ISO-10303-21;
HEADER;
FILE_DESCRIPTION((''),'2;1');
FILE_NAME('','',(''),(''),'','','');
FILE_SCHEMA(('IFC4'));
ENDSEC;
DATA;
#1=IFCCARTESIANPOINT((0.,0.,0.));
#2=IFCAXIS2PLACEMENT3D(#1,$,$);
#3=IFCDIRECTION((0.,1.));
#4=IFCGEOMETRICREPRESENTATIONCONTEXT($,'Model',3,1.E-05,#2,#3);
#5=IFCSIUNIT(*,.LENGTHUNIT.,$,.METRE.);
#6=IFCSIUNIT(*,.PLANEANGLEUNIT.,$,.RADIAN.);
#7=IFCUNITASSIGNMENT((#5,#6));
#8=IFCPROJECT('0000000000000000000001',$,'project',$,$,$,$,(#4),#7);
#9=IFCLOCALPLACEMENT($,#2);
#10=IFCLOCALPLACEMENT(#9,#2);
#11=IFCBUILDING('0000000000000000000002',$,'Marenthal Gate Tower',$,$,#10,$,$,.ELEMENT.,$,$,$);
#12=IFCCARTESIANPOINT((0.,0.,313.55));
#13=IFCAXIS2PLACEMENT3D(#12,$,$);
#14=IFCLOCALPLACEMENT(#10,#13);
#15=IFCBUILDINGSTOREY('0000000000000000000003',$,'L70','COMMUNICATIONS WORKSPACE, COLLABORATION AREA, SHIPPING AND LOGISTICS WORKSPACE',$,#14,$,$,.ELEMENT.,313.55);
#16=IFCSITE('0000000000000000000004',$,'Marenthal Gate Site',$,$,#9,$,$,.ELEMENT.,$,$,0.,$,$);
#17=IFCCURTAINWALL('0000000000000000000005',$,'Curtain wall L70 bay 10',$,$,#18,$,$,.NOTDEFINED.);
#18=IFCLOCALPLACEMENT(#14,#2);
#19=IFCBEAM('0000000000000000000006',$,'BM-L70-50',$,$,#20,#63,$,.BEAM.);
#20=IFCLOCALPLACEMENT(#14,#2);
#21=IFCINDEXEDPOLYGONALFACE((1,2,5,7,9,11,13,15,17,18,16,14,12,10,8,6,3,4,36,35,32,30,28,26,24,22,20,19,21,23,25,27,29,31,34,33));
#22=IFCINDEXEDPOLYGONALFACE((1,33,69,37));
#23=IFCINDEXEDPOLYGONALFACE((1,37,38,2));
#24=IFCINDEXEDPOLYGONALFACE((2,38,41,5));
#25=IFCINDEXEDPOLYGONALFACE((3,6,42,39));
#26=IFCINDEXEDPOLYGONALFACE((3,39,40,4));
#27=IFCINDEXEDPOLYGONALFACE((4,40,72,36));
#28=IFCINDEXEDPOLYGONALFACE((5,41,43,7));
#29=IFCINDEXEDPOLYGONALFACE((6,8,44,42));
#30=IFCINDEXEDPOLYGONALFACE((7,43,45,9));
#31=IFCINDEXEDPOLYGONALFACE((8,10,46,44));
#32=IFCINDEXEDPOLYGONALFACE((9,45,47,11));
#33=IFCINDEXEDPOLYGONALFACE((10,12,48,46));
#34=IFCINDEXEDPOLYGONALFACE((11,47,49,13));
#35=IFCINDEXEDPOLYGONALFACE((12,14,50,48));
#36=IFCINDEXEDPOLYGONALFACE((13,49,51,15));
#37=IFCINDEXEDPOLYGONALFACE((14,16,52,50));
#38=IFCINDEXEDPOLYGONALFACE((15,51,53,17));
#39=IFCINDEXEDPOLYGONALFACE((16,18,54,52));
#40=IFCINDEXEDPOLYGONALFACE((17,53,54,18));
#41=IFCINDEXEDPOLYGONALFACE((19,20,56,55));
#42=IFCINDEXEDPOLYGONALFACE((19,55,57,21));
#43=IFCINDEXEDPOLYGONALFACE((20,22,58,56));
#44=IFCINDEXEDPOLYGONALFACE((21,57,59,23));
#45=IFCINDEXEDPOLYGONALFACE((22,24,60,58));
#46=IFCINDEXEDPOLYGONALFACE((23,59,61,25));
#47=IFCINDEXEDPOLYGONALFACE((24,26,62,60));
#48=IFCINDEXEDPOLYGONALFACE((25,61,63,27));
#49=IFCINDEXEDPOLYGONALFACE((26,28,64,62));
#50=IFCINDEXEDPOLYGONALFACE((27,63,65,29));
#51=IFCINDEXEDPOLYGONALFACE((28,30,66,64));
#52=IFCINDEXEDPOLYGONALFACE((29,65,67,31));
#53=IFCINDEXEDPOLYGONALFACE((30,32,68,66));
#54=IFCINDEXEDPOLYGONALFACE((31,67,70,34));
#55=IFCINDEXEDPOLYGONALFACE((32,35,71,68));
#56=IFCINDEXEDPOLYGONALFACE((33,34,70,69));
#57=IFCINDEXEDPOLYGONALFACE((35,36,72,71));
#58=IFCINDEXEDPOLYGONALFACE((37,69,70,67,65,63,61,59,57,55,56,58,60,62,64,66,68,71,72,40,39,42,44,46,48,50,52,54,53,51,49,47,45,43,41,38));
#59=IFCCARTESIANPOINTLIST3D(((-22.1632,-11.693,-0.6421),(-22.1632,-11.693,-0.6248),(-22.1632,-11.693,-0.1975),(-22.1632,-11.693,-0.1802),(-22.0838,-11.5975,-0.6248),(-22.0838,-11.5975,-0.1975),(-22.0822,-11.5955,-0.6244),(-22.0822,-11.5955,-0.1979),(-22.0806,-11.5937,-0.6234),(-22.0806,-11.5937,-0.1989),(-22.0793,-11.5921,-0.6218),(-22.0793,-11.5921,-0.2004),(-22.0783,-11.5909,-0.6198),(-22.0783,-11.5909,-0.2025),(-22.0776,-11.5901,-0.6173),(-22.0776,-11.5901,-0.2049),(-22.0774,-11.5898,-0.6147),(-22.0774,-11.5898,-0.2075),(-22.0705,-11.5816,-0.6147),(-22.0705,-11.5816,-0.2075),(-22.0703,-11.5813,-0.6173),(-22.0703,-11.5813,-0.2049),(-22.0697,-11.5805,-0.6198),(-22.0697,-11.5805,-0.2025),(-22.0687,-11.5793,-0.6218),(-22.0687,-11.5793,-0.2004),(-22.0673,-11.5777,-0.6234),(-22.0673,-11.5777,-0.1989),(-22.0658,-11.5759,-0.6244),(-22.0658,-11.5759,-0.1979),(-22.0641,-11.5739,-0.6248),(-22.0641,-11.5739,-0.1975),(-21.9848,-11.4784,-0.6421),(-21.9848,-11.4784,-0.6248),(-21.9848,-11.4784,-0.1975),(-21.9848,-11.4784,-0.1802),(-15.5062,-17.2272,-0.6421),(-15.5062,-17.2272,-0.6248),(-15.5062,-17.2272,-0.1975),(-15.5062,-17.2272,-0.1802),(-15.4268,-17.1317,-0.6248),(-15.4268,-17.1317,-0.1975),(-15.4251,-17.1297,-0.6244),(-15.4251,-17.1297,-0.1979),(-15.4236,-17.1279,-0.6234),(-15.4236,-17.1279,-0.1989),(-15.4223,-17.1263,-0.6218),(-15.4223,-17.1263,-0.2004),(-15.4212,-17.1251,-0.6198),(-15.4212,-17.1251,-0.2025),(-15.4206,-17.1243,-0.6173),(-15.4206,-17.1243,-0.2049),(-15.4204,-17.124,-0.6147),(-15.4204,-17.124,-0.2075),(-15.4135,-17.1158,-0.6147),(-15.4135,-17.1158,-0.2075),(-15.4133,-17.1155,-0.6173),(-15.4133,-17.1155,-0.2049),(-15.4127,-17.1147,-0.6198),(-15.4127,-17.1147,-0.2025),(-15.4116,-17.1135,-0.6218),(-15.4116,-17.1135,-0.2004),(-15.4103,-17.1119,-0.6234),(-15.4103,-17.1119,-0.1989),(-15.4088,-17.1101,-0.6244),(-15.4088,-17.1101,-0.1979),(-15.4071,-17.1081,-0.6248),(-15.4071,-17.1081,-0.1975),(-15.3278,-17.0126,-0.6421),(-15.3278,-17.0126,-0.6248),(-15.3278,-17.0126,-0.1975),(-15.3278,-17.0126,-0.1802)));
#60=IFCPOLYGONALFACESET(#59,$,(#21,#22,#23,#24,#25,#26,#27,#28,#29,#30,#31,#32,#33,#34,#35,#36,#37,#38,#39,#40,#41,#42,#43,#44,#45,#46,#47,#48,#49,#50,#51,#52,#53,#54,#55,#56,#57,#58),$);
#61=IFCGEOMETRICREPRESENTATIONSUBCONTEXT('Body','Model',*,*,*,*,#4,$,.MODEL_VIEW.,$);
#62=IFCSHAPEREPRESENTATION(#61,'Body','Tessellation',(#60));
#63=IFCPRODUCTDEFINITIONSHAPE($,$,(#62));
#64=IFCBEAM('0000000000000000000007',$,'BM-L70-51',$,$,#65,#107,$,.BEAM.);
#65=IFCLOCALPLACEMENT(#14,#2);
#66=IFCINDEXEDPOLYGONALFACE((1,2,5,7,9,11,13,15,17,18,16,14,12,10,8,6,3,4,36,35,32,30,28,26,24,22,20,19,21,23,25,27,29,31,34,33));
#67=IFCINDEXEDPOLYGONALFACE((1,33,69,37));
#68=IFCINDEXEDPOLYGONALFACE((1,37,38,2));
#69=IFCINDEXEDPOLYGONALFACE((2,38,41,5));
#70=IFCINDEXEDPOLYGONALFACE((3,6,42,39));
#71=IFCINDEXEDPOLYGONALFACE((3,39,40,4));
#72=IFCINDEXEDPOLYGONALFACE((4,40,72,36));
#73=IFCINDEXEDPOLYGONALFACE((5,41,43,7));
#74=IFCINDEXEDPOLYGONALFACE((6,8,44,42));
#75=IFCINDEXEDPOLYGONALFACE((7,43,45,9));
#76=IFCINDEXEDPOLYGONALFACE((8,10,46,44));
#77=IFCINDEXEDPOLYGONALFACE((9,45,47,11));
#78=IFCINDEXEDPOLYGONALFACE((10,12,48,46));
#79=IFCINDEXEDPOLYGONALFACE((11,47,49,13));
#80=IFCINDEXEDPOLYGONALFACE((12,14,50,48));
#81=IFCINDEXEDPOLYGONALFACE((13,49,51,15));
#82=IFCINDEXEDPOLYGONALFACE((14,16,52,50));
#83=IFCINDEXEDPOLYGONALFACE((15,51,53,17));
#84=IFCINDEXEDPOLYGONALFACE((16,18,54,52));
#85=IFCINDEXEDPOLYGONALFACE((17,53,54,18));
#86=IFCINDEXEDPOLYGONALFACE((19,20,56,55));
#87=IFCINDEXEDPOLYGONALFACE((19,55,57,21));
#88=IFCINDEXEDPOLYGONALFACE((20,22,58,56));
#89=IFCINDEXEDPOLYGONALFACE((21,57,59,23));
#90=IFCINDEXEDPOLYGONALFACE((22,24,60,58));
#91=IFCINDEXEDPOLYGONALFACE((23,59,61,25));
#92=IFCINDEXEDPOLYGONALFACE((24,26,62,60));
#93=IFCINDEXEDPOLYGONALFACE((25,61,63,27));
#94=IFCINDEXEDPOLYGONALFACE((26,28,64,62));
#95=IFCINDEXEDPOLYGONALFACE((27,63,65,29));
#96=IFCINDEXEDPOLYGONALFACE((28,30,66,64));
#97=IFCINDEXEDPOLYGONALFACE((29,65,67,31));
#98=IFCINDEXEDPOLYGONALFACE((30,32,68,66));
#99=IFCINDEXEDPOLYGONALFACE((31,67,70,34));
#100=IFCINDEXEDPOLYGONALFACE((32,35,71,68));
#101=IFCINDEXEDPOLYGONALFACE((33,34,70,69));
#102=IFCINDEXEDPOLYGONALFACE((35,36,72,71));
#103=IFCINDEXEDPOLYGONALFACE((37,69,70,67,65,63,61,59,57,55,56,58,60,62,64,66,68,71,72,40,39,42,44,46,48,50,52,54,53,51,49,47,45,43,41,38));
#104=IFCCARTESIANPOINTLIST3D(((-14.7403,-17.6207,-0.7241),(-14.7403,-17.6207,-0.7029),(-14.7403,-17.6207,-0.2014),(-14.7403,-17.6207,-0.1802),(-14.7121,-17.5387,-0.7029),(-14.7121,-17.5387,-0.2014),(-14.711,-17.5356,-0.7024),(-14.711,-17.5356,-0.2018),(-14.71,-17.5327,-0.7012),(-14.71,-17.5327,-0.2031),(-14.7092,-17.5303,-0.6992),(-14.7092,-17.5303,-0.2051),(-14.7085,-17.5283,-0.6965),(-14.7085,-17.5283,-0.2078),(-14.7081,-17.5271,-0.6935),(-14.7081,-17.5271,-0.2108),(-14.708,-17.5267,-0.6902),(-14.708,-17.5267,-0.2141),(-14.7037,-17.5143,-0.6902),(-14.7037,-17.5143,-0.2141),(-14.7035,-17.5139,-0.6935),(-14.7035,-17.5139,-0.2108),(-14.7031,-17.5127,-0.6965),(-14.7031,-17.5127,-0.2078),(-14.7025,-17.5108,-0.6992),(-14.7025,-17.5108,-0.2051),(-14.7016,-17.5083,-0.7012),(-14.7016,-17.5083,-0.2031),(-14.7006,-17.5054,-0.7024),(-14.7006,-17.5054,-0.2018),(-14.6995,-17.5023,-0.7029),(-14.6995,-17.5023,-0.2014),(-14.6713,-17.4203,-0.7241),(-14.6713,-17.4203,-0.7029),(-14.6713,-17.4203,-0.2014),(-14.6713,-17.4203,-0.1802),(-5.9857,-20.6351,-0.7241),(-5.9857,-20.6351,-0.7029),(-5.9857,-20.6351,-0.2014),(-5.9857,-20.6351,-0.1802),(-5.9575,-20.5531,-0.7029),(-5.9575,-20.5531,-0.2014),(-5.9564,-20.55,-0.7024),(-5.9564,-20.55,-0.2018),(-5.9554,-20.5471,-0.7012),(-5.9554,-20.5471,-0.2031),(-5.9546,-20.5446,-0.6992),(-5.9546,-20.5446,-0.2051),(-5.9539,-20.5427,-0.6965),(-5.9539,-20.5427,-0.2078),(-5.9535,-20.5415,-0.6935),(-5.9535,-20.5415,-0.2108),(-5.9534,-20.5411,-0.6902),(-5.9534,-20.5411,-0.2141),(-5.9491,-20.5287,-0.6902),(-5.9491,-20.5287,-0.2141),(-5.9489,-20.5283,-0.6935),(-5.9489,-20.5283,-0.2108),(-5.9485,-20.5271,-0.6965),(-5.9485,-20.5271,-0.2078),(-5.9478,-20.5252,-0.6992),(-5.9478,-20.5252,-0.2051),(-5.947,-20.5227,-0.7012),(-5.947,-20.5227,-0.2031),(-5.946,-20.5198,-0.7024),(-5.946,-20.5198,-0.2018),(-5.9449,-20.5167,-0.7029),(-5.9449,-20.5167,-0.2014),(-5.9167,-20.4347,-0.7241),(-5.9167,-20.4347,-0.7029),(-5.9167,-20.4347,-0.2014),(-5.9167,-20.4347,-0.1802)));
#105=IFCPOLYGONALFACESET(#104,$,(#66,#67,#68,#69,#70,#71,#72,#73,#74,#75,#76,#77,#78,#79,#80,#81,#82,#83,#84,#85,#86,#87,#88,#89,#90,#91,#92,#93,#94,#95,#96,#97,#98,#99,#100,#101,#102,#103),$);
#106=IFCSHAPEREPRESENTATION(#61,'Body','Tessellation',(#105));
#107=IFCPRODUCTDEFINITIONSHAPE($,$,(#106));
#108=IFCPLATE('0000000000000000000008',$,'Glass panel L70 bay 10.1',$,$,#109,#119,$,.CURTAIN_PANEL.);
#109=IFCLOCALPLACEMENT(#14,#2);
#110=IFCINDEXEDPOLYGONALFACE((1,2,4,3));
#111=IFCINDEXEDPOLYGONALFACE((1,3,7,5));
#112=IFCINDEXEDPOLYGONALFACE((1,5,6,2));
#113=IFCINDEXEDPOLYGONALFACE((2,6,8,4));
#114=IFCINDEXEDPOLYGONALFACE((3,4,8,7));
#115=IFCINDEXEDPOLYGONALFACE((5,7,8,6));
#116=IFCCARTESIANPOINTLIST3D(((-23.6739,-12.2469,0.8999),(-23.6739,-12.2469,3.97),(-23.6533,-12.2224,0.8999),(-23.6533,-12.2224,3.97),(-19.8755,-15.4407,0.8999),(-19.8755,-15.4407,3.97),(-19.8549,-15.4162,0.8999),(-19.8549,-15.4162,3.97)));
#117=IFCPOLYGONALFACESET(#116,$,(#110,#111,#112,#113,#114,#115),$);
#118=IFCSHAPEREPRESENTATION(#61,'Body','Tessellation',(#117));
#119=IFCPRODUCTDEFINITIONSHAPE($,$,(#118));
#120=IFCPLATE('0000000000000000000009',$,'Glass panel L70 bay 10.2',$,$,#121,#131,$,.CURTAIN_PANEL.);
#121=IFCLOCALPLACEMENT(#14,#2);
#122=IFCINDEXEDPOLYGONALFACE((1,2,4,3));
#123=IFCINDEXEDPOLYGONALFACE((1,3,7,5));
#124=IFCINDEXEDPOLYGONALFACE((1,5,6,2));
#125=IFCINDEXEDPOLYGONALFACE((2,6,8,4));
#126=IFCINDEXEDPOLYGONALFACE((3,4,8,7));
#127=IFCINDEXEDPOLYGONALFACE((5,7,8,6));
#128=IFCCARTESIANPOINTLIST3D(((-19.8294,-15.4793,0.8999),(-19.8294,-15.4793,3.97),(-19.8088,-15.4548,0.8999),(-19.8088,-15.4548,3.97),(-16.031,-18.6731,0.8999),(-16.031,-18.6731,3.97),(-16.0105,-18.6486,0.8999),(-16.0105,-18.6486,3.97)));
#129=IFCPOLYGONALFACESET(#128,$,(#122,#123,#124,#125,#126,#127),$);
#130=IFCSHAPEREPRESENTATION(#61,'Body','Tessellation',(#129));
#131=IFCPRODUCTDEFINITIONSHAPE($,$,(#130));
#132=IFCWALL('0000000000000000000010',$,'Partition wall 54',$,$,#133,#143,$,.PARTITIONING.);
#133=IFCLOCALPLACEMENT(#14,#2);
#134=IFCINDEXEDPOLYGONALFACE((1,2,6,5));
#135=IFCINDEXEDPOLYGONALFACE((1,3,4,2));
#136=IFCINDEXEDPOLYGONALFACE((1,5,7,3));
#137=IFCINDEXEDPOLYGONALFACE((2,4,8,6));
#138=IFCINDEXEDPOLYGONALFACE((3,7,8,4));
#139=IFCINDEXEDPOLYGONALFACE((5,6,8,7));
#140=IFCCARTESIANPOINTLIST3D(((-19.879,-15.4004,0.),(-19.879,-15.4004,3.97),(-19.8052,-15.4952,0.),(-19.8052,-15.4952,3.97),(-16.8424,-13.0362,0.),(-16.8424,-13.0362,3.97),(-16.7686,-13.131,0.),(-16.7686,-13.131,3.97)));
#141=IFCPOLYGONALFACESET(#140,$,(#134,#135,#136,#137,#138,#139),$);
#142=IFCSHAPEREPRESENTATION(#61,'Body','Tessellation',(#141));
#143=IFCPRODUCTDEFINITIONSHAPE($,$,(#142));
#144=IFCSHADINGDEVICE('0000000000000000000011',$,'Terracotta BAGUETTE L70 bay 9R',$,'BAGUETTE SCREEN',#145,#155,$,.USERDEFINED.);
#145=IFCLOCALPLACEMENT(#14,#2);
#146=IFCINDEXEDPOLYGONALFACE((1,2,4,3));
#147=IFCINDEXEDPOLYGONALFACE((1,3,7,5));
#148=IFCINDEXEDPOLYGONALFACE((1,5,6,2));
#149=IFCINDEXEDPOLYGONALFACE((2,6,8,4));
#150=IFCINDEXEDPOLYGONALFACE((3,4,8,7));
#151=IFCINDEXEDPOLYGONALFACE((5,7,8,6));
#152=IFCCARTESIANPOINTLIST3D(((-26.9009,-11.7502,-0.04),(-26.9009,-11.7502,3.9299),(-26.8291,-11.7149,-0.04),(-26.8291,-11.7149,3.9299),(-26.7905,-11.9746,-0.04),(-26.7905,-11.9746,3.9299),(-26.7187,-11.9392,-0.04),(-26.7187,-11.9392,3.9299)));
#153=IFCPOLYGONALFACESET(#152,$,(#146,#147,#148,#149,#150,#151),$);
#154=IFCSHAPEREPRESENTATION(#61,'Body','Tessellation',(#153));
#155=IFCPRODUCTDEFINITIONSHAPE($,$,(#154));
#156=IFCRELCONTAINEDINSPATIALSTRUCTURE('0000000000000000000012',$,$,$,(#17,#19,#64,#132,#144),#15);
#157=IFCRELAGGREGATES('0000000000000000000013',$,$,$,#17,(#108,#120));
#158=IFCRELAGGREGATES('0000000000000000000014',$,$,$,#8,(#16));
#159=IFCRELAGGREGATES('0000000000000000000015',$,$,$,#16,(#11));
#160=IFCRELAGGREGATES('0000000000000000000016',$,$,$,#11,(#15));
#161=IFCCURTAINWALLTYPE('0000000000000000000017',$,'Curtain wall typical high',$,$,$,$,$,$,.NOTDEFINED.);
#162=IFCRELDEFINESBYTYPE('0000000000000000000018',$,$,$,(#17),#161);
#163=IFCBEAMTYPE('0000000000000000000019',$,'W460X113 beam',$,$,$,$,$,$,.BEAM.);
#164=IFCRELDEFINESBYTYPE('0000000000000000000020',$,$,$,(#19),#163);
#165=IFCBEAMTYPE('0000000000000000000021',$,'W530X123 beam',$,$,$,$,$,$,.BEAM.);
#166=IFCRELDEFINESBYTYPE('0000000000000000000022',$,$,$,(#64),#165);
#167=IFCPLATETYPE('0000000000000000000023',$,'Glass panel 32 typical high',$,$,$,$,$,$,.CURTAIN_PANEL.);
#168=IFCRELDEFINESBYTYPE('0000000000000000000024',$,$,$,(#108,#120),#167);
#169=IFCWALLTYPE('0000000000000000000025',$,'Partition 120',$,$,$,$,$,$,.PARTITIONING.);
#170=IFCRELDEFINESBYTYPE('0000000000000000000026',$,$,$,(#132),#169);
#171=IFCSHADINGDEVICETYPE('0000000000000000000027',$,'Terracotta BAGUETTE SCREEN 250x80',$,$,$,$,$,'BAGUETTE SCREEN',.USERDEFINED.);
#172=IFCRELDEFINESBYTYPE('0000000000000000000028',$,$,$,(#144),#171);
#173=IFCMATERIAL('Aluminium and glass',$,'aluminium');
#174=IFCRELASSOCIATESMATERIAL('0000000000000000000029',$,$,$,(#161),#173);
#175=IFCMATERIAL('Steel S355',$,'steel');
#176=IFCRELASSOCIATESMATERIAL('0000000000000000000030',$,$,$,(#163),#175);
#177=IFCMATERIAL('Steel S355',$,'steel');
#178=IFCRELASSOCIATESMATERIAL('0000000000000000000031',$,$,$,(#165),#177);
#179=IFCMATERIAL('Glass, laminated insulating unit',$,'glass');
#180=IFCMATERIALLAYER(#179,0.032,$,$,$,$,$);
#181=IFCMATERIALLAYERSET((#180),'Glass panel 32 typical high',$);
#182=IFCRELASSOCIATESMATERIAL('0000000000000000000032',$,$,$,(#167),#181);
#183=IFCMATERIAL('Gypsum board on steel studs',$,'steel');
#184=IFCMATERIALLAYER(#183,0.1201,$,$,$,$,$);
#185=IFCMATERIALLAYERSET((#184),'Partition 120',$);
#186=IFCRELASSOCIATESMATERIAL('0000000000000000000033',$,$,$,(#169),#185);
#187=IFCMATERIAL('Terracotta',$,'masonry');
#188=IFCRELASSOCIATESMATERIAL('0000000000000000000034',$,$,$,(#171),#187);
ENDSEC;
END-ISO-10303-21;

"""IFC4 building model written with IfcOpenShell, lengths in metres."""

from ifc_helpers import new_model, si_unit, direction, frame, frame_2d, origin, origin_2d, place, context, subcontext, project, spatial, rectangle, i_section, extrude, material, layer, layer_set, material_profile, profile_set, type_object, element, aggregate, save


model = new_model("IFC4")

# Units and contexts
model_context = context("Model", 3, precision=1e-05, world=origin(), true_north=direction((0.0, 1.0)))
body_context = subcontext(model_context, "Body", "Model", "MODEL_VIEW")
ifc_project = project(units=[si_unit("LENGTHUNIT", "METRE"), si_unit("PLANEANGLEUNIT", "RADIAN")], contexts=[model_context])

# Site, building, storey
site_placement = place(None, origin())
site = spatial("IfcSite", under=ifc_project, at=site_placement, Name="Marenthal Gate Site", CompositionType="ELEMENT", RefElevation=0.0)
building_placement = place(site_placement, origin())
building = spatial("IfcBuilding", under=site, at=building_placement, Name="Marenthal Gate Tower", CompositionType="ELEMENT")
storey_placement = place(building_placement, frame((0.0, 0.0, 313.55)))
storey = spatial("IfcBuildingStorey", under=building, at=storey_placement, Name="L70", Description="COMMUNICATIONS WORKSPACE, COLLABORATION AREA, SHIPPING AND LOGISTICS WORKSPACE", CompositionType="ELEMENT", Elevation=313.55)

# Curtain wall
ifc_material_1 = material(Name="Aluminium and glass", Category="aluminium")
curtain_wall_type = type_object("IfcCurtainWallType", Name="Curtain wall typical high", PredefinedType="NOTDEFINED", material=ifc_material_1)
curtain_wall_placement = place(storey_placement, origin())
curtain_wall = element("IfcCurtainWall", 1, at=curtain_wall_placement, inside=storey, type_object=curtain_wall_type, Name="Curtain wall L70 bay 10", PredefinedType="NOTDEFINED")

# Beams
ifc_material_2 = material(Name="Steel S355", Category="steel")
ifc_material_profile_1 = material_profile(ifc_material_2, i_section(OverallWidth=0.2791, OverallDepth=0.4619, WebThickness=0.0107, FlangeThickness=0.0173, FilletRadius=0.01, at=origin_2d()), Name="W460X113")
ifc_profile_set_1 = profile_set([ifc_material_profile_1], Name="Steel S355")
beam_type_1 = type_object("IfcBeamType", Name="W460X113 beam", PredefinedType="BEAM", material=ifc_profile_set_1)
beam_1_placement = place(storey_placement, frame((-22.074, -11.5857, -0.4111), z_axis=(0.768977, -0.639277, 0.0), x_axis=(0.639277, 0.768977, 0.0)))
element("IfcBeam", 2, at=beam_1_placement, inside=storey, type_object=beam_type_1, Name="BM-L70-50", PredefinedType="BEAM", context=body_context, shape_type="SweptSolid", body=[
    extrude(i_section(OverallWidth=0.2791, OverallDepth=0.4619, WebThickness=0.0107, FlangeThickness=0.0173, FilletRadius=0.01, at=origin_2d()), origin(), (0.0, 0.0, 1.0), 8.657),
])
ifc_material_3 = material(Name="Steel S355", Category="steel")
ifc_material_profile_2 = material_profile(ifc_material_3, i_section(OverallWidth=0.2119, OverallDepth=0.5439, WebThickness=0.0132, FlangeThickness=0.0212, FilletRadius=0.0127, at=origin_2d()), Name="W530X123")
ifc_profile_set_2 = profile_set([ifc_material_profile_2], Name="Steel S355")
beam_type_2 = type_object("IfcBeamType", Name="W530X123 beam", PredefinedType="BEAM", material=ifc_profile_set_2)
beam_2_placement = place(storey_placement, frame((-14.7058, -17.5205, -0.4521), z_axis=(0.945521, -0.325562, 0.0), x_axis=(0.325562, 0.945521, 0.0)))
element("IfcBeam", 3, at=beam_2_placement, inside=storey, type_object=beam_type_2, Name="BM-L70-51", PredefinedType="BEAM", context=body_context, shape_type="SweptSolid", body=[
    extrude(i_section(OverallWidth=0.2119, OverallDepth=0.5439, WebThickness=0.0132, FlangeThickness=0.0212, FilletRadius=0.0127, at=origin_2d()), origin(), (0.0, 0.0, 1.0), 9.259),
])

# Plates
ifc_material_4 = material(Name="Glass, laminated insulating unit", Category="glass")
ifc_layer_1 = layer(ifc_material_4, 0.032)
ifc_layer_set_1 = layer_set([ifc_layer_1], Name="Glass panel 32 typical high")
plate_type = type_object("IfcPlateType", Name="Glass panel 32 typical high", PredefinedType="CURTAIN_PANEL", material=ifc_layer_set_1)
plate_1_placement = place(storey_placement, frame((-21.7644, -13.8315, 0.8999), z_axis=(0.0, 0.0, 1.0), x_axis=(0.765387, -0.64357, 0.0)))
plate_1 = element("IfcPlate", 4, at=plate_1_placement, type_object=plate_type, Name="Glass panel L70 bay 10.1", PredefinedType="CURTAIN_PANEL", context=body_context, shape_type="SweptSolid", body=[
    extrude(rectangle(XDim=4.9626, YDim=0.032, at=origin_2d()), origin(), (0.0, 0.0, 1.0), 3.0701),
])
plate_2_placement = place(storey_placement, frame((-17.9199, -17.064, 0.8999), z_axis=(0.0, 0.0, 1.0), x_axis=(0.765387, -0.64357, 0.0)))
plate_2 = element("IfcPlate", 5, at=plate_2_placement, type_object=plate_type, Name="Glass panel L70 bay 10.2", PredefinedType="CURTAIN_PANEL", context=body_context, shape_type="SweptSolid", body=[
    extrude(rectangle(XDim=4.9626, YDim=0.032, at=origin_2d()), origin(), (0.0, 0.0, 1.0), 3.0701),
])
aggregate(curtain_wall, [plate_1, plate_2])

# Wall
ifc_material_5 = material(Name="Gypsum board on steel studs", Category="steel")
ifc_layer_2 = layer(ifc_material_5, 0.1201)
ifc_layer_set_2 = layer_set([ifc_layer_2], Name="Partition 120")
wall_type_1 = type_object("IfcWallType", Name="Partition 120", PredefinedType="PARTITIONING", material=ifc_layer_set_2)
wall_1_placement = place(storey_placement, frame((-16.8054, -13.0835, 0.0), z_axis=(0.0, 0.0, 1.0), x_axis=(-0.789045, -0.614336, 0.0)))
element("IfcWall", 6, at=wall_1_placement, inside=storey, type_object=wall_type_1, Name="Partition wall 54", PredefinedType="PARTITIONING", context=body_context, shape_type="SweptSolid", body=[
    extrude(rectangle(XDim=3.8484, YDim=0.1201, at=frame_2d((1.9243, 0.0))), origin(), (0.0, 0.0, 1.0), 3.97),
])

# Shading device
ifc_material_6 = material(Name="Terracotta", Category="masonry")
ifc_material_profile_3 = material_profile(ifc_material_6, rectangle(XDim=0.25, YDim=0.0801, at=origin_2d()), Name="Terracotta baguette 250x80")
ifc_profile_set_3 = profile_set([ifc_material_profile_3], Name="Terracotta")
shading_device_type = type_object("IfcShadingDeviceType", Name="Terracotta BAGUETTE SCREEN 250x80", ElementType="BAGUETTE SCREEN", PredefinedType="USERDEFINED", material=ifc_profile_set_3)
shading_device_placement = place(storey_placement, frame((-26.8098, -11.8447, -0.04), z_axis=(0.0, 0.0, 1.0), x_axis=(0.441518, -0.897253, 0.0)))
element("IfcShadingDevice", 7, at=shading_device_placement, inside=storey, type_object=shading_device_type, Name="Terracotta BAGUETTE L70 bay 9R", ObjectType="BAGUETTE SCREEN", PredefinedType="USERDEFINED", context=body_context, shape_type="SweptSolid", body=[
    extrude(rectangle(XDim=0.25, YDim=0.0801, at=origin_2d()), origin(), (0.0, 0.0, 1.0), 3.97),
])

save(model, "model.ifc")
